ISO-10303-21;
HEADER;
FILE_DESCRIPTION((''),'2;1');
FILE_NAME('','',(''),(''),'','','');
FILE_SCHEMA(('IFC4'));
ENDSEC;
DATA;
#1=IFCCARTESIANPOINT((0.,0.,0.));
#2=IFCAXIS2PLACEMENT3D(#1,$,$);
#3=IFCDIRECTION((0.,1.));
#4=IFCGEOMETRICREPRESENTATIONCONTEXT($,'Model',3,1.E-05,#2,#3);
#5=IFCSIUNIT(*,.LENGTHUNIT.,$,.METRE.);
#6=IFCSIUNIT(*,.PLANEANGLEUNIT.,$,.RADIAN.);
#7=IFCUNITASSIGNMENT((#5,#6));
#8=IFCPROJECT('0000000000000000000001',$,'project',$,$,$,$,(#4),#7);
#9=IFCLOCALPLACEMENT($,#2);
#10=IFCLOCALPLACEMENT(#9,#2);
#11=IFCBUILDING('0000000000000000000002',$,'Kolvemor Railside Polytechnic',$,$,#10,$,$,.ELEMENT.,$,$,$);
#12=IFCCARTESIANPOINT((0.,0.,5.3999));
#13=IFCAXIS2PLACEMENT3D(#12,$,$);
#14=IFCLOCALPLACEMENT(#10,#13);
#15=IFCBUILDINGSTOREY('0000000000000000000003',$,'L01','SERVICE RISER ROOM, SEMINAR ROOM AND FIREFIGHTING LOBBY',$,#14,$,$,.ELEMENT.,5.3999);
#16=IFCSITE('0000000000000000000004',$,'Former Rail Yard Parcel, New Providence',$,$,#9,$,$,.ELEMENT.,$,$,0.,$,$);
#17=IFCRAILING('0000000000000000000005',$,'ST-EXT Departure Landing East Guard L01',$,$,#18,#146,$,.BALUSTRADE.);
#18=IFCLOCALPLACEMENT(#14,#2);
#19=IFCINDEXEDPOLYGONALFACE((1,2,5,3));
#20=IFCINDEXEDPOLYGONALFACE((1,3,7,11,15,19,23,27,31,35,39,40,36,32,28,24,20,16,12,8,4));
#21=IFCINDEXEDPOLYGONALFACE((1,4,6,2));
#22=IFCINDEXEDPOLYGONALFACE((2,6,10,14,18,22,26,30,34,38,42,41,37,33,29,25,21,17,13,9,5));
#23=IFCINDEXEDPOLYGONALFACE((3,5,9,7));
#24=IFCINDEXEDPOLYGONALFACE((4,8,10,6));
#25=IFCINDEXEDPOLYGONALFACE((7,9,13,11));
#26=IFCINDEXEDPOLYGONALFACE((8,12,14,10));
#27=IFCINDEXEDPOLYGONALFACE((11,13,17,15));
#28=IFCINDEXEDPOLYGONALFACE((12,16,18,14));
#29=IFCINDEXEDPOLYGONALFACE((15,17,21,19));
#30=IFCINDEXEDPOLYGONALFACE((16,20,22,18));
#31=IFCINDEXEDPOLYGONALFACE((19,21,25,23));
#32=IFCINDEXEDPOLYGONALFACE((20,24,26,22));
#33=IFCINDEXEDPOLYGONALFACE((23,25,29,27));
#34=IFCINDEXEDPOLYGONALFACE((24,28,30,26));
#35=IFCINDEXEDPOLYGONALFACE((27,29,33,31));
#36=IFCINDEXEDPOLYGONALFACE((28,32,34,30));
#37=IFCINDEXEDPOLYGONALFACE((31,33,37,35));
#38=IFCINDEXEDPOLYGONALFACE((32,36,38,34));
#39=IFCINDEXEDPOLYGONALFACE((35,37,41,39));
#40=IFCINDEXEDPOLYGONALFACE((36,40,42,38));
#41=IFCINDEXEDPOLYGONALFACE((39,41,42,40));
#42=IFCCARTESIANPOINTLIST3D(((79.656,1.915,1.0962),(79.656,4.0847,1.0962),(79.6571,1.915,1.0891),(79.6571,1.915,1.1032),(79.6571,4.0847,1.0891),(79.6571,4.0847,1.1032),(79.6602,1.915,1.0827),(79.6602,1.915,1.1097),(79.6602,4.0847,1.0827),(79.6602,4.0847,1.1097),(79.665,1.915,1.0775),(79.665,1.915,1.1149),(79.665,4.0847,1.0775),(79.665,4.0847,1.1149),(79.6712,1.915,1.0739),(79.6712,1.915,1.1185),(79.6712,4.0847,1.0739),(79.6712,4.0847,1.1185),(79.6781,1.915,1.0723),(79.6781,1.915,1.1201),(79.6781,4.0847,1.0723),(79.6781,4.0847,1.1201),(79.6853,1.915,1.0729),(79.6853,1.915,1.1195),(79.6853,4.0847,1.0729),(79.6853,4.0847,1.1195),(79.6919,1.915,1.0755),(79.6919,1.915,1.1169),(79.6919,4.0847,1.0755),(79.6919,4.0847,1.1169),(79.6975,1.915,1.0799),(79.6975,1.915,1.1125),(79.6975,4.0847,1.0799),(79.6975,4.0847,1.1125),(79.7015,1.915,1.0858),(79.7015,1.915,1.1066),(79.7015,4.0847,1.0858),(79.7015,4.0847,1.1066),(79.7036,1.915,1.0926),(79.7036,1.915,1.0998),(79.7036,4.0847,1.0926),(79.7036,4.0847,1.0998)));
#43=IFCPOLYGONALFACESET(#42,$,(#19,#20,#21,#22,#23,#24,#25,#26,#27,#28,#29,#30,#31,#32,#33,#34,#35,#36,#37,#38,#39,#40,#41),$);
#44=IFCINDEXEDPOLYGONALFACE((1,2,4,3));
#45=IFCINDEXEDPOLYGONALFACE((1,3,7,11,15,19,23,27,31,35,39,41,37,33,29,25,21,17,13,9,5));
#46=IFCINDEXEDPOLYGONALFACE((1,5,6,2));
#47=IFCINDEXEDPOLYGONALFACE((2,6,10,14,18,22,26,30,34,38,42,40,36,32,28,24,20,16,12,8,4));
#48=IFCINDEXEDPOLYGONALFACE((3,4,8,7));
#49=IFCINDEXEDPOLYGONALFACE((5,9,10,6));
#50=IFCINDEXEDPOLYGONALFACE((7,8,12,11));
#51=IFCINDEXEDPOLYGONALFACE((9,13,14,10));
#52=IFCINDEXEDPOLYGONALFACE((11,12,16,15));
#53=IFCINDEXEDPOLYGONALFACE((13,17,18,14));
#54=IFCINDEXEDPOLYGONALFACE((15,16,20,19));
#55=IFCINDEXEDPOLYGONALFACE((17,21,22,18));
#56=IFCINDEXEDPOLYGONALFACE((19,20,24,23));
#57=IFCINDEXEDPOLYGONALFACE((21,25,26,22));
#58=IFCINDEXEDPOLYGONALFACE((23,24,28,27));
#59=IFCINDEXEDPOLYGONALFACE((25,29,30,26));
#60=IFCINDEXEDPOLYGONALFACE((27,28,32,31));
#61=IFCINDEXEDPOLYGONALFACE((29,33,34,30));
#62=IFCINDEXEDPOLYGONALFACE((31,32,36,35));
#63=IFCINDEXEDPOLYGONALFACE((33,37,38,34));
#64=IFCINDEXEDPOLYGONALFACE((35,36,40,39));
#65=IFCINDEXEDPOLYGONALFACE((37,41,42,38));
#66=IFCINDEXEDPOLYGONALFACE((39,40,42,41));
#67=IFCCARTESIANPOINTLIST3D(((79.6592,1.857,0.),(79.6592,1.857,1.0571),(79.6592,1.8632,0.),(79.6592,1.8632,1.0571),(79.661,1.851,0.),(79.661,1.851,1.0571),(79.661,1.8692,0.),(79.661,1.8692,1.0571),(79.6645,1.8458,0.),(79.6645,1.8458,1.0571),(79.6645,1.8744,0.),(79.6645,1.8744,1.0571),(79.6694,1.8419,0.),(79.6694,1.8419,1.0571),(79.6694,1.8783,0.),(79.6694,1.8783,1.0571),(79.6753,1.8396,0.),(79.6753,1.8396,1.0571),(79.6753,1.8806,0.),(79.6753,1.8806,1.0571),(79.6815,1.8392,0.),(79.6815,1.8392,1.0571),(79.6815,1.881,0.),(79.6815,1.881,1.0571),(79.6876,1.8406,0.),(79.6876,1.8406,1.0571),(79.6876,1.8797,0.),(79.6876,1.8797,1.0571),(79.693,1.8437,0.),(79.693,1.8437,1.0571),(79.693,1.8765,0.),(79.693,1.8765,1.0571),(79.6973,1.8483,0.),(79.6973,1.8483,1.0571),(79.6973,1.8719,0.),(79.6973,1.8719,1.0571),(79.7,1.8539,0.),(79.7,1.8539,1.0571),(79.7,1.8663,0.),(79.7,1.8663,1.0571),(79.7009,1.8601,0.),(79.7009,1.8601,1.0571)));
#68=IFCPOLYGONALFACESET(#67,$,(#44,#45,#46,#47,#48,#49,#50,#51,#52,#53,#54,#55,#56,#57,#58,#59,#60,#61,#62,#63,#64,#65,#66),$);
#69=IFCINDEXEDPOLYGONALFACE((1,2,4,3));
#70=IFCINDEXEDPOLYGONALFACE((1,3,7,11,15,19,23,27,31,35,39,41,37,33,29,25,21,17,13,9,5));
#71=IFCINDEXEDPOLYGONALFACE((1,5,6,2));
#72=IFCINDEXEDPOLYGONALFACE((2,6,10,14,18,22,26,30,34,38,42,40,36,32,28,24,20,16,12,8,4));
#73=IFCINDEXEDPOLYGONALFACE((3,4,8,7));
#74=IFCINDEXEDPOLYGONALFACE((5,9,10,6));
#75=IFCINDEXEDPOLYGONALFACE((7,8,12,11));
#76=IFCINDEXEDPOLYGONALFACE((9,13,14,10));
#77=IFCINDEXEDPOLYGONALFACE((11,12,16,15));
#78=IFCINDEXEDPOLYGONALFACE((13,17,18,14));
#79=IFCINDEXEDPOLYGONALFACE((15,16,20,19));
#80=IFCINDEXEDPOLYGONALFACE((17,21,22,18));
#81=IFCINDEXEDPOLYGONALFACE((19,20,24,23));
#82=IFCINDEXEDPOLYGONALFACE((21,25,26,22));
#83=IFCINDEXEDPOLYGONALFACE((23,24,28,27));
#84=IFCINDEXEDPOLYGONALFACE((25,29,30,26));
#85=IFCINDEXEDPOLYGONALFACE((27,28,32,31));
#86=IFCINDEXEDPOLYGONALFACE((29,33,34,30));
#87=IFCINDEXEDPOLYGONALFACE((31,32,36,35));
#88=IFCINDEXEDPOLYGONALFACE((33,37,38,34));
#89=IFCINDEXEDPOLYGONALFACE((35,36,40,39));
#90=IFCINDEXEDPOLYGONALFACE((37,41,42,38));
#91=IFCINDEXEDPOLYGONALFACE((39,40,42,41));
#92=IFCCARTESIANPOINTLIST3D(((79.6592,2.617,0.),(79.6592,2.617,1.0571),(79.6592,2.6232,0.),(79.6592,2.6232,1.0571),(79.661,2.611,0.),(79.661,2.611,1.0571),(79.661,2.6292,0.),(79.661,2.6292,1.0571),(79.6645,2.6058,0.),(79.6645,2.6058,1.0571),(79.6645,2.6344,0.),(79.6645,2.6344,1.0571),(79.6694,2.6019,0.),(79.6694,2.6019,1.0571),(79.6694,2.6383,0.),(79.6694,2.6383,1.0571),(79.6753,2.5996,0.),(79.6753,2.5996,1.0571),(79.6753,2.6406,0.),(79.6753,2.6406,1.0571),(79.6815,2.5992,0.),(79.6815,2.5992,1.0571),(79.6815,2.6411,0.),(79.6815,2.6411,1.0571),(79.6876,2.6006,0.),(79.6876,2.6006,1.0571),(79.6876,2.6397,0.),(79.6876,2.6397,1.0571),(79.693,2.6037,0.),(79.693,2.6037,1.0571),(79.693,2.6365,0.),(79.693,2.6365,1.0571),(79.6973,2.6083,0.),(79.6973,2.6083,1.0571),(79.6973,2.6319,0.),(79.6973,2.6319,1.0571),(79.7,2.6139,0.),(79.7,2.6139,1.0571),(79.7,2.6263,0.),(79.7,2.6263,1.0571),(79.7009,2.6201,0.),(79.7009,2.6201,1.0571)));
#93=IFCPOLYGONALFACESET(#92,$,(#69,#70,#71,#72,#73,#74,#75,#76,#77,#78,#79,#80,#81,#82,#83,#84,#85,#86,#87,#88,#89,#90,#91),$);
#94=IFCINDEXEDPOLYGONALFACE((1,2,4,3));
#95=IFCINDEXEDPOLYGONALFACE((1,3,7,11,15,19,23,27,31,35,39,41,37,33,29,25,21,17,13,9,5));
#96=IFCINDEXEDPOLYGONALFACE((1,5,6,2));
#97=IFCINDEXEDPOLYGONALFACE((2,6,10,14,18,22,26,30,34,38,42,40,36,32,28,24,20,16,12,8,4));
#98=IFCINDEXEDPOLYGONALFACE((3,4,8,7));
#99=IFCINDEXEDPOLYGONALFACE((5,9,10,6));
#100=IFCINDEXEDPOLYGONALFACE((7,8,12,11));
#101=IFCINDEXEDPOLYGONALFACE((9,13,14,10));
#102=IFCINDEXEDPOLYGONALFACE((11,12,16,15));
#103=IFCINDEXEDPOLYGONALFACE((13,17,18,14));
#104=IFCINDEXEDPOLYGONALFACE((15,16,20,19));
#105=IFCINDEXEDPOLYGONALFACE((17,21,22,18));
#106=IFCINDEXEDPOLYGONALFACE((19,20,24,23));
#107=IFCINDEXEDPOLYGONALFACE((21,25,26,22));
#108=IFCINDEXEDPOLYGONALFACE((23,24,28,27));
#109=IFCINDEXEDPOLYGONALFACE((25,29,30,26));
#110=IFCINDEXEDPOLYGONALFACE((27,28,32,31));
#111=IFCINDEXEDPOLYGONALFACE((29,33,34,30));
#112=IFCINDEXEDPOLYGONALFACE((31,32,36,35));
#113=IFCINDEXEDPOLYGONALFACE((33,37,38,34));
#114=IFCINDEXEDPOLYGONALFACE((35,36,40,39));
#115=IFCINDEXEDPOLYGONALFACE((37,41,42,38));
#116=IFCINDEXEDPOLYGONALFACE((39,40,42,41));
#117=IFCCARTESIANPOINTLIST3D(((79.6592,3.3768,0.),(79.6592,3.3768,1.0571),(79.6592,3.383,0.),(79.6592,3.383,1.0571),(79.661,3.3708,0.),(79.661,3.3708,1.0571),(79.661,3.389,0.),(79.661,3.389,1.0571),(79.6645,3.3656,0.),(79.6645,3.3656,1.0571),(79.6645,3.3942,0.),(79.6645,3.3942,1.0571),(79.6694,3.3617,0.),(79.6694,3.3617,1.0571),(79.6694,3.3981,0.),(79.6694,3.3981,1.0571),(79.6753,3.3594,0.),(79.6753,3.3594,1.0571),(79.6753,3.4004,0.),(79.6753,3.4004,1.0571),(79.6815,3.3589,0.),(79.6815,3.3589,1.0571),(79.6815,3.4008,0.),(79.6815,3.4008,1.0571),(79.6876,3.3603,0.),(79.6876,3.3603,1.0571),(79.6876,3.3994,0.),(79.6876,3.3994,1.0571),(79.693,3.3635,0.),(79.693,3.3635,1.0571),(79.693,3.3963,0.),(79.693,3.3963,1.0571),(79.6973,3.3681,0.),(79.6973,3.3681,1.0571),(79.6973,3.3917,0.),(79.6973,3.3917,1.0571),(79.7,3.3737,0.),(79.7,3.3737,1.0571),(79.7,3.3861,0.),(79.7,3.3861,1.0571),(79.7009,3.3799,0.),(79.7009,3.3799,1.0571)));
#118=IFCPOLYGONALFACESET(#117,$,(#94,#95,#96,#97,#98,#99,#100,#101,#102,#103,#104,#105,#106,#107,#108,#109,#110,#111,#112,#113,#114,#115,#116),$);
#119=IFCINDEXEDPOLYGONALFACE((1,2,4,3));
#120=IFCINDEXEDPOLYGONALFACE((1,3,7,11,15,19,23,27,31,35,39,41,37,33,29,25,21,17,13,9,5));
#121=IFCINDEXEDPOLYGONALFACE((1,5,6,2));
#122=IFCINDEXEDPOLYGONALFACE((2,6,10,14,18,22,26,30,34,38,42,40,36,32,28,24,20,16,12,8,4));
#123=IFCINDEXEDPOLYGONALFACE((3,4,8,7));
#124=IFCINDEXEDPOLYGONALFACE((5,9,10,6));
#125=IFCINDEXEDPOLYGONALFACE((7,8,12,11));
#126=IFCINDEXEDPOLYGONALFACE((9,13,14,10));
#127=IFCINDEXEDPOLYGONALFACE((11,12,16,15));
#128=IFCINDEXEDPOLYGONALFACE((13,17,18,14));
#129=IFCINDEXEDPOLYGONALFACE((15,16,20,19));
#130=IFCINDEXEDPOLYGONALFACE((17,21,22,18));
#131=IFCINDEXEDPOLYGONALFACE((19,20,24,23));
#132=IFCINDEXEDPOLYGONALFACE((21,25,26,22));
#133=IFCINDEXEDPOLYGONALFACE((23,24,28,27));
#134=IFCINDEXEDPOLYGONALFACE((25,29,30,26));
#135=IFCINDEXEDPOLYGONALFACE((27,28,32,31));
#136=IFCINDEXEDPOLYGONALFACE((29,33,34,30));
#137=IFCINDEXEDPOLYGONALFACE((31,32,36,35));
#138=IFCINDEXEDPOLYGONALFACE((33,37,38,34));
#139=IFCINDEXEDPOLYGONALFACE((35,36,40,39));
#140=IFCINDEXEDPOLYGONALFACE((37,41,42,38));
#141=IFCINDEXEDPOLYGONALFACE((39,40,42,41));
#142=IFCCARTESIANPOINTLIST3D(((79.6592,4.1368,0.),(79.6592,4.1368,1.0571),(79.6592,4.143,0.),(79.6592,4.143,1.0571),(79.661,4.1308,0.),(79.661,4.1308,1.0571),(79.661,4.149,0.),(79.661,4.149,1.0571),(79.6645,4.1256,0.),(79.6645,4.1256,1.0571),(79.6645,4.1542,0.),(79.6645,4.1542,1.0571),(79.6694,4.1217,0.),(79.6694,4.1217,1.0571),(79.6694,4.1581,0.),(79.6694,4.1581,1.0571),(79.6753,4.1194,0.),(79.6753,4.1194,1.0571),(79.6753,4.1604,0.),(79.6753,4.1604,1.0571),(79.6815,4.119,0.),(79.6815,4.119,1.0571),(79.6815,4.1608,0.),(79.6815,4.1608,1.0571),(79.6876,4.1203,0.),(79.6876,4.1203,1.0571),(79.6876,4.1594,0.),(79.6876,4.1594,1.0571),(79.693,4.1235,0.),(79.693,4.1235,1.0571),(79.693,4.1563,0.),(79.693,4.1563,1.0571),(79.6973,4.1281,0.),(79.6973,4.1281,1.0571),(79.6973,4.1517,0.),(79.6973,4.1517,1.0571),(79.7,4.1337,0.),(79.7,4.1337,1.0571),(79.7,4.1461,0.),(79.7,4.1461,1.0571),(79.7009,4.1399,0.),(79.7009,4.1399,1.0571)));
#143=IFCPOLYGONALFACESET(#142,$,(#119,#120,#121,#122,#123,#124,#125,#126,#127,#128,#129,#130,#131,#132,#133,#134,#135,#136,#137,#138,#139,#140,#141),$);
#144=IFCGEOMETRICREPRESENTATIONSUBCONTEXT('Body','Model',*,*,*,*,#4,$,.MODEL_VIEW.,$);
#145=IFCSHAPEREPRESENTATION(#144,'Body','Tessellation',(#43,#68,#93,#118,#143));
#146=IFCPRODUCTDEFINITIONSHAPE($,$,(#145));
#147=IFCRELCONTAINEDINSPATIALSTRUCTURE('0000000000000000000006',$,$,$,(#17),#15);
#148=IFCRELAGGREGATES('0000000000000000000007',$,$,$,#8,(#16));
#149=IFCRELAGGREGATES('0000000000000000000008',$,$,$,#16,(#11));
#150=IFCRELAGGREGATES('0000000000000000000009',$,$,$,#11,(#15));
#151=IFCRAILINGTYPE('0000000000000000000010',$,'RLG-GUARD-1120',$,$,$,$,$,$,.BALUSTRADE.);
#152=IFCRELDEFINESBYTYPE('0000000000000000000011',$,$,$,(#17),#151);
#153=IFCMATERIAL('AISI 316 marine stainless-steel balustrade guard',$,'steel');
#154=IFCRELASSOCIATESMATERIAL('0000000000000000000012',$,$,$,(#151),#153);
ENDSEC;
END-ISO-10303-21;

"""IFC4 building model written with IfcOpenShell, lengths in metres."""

from ifc_helpers import new_model, si_unit, direction, frame, origin, origin_2d, place, context, subcontext, project, spatial, circle, extrude, material, type_object, element, save


model = new_model("IFC4")

# Units and contexts
model_context = context("Model", 3, precision=1e-05, world=origin(), true_north=direction((0.0, 1.0)))
body_context = subcontext(model_context, "Body", "Model", "MODEL_VIEW")
ifc_project = project(units=[si_unit("LENGTHUNIT", "METRE"), si_unit("PLANEANGLEUNIT", "RADIAN")], contexts=[model_context])

# Site, building, storey
site_placement = place(None, origin())
site = spatial("IfcSite", under=ifc_project, at=site_placement, Name="Former Rail Yard Parcel, New Providence", CompositionType="ELEMENT", RefElevation=0.0)
building_placement = place(site_placement, origin())
building = spatial("IfcBuilding", under=site, at=building_placement, Name="Kolvemor Railside Polytechnic", CompositionType="ELEMENT")
storey_placement = place(building_placement, frame((0.0, 0.0, 5.3999)))
storey = spatial("IfcBuildingStorey", under=building, at=storey_placement, Name="L01", Description="SERVICE RISER ROOM, SEMINAR ROOM AND FIREFIGHTING LOBBY", CompositionType="ELEMENT", Elevation=5.3999)

# Railing
ifc_material_1 = material(Name="AISI 316 marine stainless-steel balustrade guard", Category="steel")
railing_type_1 = type_object("IfcRailingType", Name="RLG-GUARD-1120", PredefinedType="BALUSTRADE", material=ifc_material_1)
railing_1_placement = place(storey_placement, frame((79.6799, 1.8601, 0.0)))
element("IfcRailing", 1, at=railing_1_placement, inside=storey, type_object=railing_type_1, Name="ST-EXT Departure Landing East Guard L01", PredefinedType="BALUSTRADE", context=body_context, shape_type="SweptSolid", body=[
    extrude(circle(Radius=0.0239, at=origin_2d()), frame((0.0, 0.0549, 1.0962), z_axis=(0.0, 1.0, 0.0), x_axis=(-1.0, 0.0, 0.0)), (0.0, 0.0, 1.0), 2.1697),
    extrude(circle(Radius=0.021, at=origin_2d()), origin(), (0.0, 0.0, 1.0), 1.0571),
    extrude(circle(Radius=0.021, at=origin_2d()), frame((0.0, 0.76, 0.0)), (0.0, 0.0, 1.0), 1.0571),
    extrude(circle(Radius=0.021, at=origin_2d()), frame((0.0, 1.5198, 0.0)), (0.0, 0.0, 1.0), 1.0571),
    extrude(circle(Radius=0.021, at=origin_2d()), frame((0.0, 2.2798, 0.0)), (0.0, 0.0, 1.0), 1.0571),
])

save(model, "model.ifc")
